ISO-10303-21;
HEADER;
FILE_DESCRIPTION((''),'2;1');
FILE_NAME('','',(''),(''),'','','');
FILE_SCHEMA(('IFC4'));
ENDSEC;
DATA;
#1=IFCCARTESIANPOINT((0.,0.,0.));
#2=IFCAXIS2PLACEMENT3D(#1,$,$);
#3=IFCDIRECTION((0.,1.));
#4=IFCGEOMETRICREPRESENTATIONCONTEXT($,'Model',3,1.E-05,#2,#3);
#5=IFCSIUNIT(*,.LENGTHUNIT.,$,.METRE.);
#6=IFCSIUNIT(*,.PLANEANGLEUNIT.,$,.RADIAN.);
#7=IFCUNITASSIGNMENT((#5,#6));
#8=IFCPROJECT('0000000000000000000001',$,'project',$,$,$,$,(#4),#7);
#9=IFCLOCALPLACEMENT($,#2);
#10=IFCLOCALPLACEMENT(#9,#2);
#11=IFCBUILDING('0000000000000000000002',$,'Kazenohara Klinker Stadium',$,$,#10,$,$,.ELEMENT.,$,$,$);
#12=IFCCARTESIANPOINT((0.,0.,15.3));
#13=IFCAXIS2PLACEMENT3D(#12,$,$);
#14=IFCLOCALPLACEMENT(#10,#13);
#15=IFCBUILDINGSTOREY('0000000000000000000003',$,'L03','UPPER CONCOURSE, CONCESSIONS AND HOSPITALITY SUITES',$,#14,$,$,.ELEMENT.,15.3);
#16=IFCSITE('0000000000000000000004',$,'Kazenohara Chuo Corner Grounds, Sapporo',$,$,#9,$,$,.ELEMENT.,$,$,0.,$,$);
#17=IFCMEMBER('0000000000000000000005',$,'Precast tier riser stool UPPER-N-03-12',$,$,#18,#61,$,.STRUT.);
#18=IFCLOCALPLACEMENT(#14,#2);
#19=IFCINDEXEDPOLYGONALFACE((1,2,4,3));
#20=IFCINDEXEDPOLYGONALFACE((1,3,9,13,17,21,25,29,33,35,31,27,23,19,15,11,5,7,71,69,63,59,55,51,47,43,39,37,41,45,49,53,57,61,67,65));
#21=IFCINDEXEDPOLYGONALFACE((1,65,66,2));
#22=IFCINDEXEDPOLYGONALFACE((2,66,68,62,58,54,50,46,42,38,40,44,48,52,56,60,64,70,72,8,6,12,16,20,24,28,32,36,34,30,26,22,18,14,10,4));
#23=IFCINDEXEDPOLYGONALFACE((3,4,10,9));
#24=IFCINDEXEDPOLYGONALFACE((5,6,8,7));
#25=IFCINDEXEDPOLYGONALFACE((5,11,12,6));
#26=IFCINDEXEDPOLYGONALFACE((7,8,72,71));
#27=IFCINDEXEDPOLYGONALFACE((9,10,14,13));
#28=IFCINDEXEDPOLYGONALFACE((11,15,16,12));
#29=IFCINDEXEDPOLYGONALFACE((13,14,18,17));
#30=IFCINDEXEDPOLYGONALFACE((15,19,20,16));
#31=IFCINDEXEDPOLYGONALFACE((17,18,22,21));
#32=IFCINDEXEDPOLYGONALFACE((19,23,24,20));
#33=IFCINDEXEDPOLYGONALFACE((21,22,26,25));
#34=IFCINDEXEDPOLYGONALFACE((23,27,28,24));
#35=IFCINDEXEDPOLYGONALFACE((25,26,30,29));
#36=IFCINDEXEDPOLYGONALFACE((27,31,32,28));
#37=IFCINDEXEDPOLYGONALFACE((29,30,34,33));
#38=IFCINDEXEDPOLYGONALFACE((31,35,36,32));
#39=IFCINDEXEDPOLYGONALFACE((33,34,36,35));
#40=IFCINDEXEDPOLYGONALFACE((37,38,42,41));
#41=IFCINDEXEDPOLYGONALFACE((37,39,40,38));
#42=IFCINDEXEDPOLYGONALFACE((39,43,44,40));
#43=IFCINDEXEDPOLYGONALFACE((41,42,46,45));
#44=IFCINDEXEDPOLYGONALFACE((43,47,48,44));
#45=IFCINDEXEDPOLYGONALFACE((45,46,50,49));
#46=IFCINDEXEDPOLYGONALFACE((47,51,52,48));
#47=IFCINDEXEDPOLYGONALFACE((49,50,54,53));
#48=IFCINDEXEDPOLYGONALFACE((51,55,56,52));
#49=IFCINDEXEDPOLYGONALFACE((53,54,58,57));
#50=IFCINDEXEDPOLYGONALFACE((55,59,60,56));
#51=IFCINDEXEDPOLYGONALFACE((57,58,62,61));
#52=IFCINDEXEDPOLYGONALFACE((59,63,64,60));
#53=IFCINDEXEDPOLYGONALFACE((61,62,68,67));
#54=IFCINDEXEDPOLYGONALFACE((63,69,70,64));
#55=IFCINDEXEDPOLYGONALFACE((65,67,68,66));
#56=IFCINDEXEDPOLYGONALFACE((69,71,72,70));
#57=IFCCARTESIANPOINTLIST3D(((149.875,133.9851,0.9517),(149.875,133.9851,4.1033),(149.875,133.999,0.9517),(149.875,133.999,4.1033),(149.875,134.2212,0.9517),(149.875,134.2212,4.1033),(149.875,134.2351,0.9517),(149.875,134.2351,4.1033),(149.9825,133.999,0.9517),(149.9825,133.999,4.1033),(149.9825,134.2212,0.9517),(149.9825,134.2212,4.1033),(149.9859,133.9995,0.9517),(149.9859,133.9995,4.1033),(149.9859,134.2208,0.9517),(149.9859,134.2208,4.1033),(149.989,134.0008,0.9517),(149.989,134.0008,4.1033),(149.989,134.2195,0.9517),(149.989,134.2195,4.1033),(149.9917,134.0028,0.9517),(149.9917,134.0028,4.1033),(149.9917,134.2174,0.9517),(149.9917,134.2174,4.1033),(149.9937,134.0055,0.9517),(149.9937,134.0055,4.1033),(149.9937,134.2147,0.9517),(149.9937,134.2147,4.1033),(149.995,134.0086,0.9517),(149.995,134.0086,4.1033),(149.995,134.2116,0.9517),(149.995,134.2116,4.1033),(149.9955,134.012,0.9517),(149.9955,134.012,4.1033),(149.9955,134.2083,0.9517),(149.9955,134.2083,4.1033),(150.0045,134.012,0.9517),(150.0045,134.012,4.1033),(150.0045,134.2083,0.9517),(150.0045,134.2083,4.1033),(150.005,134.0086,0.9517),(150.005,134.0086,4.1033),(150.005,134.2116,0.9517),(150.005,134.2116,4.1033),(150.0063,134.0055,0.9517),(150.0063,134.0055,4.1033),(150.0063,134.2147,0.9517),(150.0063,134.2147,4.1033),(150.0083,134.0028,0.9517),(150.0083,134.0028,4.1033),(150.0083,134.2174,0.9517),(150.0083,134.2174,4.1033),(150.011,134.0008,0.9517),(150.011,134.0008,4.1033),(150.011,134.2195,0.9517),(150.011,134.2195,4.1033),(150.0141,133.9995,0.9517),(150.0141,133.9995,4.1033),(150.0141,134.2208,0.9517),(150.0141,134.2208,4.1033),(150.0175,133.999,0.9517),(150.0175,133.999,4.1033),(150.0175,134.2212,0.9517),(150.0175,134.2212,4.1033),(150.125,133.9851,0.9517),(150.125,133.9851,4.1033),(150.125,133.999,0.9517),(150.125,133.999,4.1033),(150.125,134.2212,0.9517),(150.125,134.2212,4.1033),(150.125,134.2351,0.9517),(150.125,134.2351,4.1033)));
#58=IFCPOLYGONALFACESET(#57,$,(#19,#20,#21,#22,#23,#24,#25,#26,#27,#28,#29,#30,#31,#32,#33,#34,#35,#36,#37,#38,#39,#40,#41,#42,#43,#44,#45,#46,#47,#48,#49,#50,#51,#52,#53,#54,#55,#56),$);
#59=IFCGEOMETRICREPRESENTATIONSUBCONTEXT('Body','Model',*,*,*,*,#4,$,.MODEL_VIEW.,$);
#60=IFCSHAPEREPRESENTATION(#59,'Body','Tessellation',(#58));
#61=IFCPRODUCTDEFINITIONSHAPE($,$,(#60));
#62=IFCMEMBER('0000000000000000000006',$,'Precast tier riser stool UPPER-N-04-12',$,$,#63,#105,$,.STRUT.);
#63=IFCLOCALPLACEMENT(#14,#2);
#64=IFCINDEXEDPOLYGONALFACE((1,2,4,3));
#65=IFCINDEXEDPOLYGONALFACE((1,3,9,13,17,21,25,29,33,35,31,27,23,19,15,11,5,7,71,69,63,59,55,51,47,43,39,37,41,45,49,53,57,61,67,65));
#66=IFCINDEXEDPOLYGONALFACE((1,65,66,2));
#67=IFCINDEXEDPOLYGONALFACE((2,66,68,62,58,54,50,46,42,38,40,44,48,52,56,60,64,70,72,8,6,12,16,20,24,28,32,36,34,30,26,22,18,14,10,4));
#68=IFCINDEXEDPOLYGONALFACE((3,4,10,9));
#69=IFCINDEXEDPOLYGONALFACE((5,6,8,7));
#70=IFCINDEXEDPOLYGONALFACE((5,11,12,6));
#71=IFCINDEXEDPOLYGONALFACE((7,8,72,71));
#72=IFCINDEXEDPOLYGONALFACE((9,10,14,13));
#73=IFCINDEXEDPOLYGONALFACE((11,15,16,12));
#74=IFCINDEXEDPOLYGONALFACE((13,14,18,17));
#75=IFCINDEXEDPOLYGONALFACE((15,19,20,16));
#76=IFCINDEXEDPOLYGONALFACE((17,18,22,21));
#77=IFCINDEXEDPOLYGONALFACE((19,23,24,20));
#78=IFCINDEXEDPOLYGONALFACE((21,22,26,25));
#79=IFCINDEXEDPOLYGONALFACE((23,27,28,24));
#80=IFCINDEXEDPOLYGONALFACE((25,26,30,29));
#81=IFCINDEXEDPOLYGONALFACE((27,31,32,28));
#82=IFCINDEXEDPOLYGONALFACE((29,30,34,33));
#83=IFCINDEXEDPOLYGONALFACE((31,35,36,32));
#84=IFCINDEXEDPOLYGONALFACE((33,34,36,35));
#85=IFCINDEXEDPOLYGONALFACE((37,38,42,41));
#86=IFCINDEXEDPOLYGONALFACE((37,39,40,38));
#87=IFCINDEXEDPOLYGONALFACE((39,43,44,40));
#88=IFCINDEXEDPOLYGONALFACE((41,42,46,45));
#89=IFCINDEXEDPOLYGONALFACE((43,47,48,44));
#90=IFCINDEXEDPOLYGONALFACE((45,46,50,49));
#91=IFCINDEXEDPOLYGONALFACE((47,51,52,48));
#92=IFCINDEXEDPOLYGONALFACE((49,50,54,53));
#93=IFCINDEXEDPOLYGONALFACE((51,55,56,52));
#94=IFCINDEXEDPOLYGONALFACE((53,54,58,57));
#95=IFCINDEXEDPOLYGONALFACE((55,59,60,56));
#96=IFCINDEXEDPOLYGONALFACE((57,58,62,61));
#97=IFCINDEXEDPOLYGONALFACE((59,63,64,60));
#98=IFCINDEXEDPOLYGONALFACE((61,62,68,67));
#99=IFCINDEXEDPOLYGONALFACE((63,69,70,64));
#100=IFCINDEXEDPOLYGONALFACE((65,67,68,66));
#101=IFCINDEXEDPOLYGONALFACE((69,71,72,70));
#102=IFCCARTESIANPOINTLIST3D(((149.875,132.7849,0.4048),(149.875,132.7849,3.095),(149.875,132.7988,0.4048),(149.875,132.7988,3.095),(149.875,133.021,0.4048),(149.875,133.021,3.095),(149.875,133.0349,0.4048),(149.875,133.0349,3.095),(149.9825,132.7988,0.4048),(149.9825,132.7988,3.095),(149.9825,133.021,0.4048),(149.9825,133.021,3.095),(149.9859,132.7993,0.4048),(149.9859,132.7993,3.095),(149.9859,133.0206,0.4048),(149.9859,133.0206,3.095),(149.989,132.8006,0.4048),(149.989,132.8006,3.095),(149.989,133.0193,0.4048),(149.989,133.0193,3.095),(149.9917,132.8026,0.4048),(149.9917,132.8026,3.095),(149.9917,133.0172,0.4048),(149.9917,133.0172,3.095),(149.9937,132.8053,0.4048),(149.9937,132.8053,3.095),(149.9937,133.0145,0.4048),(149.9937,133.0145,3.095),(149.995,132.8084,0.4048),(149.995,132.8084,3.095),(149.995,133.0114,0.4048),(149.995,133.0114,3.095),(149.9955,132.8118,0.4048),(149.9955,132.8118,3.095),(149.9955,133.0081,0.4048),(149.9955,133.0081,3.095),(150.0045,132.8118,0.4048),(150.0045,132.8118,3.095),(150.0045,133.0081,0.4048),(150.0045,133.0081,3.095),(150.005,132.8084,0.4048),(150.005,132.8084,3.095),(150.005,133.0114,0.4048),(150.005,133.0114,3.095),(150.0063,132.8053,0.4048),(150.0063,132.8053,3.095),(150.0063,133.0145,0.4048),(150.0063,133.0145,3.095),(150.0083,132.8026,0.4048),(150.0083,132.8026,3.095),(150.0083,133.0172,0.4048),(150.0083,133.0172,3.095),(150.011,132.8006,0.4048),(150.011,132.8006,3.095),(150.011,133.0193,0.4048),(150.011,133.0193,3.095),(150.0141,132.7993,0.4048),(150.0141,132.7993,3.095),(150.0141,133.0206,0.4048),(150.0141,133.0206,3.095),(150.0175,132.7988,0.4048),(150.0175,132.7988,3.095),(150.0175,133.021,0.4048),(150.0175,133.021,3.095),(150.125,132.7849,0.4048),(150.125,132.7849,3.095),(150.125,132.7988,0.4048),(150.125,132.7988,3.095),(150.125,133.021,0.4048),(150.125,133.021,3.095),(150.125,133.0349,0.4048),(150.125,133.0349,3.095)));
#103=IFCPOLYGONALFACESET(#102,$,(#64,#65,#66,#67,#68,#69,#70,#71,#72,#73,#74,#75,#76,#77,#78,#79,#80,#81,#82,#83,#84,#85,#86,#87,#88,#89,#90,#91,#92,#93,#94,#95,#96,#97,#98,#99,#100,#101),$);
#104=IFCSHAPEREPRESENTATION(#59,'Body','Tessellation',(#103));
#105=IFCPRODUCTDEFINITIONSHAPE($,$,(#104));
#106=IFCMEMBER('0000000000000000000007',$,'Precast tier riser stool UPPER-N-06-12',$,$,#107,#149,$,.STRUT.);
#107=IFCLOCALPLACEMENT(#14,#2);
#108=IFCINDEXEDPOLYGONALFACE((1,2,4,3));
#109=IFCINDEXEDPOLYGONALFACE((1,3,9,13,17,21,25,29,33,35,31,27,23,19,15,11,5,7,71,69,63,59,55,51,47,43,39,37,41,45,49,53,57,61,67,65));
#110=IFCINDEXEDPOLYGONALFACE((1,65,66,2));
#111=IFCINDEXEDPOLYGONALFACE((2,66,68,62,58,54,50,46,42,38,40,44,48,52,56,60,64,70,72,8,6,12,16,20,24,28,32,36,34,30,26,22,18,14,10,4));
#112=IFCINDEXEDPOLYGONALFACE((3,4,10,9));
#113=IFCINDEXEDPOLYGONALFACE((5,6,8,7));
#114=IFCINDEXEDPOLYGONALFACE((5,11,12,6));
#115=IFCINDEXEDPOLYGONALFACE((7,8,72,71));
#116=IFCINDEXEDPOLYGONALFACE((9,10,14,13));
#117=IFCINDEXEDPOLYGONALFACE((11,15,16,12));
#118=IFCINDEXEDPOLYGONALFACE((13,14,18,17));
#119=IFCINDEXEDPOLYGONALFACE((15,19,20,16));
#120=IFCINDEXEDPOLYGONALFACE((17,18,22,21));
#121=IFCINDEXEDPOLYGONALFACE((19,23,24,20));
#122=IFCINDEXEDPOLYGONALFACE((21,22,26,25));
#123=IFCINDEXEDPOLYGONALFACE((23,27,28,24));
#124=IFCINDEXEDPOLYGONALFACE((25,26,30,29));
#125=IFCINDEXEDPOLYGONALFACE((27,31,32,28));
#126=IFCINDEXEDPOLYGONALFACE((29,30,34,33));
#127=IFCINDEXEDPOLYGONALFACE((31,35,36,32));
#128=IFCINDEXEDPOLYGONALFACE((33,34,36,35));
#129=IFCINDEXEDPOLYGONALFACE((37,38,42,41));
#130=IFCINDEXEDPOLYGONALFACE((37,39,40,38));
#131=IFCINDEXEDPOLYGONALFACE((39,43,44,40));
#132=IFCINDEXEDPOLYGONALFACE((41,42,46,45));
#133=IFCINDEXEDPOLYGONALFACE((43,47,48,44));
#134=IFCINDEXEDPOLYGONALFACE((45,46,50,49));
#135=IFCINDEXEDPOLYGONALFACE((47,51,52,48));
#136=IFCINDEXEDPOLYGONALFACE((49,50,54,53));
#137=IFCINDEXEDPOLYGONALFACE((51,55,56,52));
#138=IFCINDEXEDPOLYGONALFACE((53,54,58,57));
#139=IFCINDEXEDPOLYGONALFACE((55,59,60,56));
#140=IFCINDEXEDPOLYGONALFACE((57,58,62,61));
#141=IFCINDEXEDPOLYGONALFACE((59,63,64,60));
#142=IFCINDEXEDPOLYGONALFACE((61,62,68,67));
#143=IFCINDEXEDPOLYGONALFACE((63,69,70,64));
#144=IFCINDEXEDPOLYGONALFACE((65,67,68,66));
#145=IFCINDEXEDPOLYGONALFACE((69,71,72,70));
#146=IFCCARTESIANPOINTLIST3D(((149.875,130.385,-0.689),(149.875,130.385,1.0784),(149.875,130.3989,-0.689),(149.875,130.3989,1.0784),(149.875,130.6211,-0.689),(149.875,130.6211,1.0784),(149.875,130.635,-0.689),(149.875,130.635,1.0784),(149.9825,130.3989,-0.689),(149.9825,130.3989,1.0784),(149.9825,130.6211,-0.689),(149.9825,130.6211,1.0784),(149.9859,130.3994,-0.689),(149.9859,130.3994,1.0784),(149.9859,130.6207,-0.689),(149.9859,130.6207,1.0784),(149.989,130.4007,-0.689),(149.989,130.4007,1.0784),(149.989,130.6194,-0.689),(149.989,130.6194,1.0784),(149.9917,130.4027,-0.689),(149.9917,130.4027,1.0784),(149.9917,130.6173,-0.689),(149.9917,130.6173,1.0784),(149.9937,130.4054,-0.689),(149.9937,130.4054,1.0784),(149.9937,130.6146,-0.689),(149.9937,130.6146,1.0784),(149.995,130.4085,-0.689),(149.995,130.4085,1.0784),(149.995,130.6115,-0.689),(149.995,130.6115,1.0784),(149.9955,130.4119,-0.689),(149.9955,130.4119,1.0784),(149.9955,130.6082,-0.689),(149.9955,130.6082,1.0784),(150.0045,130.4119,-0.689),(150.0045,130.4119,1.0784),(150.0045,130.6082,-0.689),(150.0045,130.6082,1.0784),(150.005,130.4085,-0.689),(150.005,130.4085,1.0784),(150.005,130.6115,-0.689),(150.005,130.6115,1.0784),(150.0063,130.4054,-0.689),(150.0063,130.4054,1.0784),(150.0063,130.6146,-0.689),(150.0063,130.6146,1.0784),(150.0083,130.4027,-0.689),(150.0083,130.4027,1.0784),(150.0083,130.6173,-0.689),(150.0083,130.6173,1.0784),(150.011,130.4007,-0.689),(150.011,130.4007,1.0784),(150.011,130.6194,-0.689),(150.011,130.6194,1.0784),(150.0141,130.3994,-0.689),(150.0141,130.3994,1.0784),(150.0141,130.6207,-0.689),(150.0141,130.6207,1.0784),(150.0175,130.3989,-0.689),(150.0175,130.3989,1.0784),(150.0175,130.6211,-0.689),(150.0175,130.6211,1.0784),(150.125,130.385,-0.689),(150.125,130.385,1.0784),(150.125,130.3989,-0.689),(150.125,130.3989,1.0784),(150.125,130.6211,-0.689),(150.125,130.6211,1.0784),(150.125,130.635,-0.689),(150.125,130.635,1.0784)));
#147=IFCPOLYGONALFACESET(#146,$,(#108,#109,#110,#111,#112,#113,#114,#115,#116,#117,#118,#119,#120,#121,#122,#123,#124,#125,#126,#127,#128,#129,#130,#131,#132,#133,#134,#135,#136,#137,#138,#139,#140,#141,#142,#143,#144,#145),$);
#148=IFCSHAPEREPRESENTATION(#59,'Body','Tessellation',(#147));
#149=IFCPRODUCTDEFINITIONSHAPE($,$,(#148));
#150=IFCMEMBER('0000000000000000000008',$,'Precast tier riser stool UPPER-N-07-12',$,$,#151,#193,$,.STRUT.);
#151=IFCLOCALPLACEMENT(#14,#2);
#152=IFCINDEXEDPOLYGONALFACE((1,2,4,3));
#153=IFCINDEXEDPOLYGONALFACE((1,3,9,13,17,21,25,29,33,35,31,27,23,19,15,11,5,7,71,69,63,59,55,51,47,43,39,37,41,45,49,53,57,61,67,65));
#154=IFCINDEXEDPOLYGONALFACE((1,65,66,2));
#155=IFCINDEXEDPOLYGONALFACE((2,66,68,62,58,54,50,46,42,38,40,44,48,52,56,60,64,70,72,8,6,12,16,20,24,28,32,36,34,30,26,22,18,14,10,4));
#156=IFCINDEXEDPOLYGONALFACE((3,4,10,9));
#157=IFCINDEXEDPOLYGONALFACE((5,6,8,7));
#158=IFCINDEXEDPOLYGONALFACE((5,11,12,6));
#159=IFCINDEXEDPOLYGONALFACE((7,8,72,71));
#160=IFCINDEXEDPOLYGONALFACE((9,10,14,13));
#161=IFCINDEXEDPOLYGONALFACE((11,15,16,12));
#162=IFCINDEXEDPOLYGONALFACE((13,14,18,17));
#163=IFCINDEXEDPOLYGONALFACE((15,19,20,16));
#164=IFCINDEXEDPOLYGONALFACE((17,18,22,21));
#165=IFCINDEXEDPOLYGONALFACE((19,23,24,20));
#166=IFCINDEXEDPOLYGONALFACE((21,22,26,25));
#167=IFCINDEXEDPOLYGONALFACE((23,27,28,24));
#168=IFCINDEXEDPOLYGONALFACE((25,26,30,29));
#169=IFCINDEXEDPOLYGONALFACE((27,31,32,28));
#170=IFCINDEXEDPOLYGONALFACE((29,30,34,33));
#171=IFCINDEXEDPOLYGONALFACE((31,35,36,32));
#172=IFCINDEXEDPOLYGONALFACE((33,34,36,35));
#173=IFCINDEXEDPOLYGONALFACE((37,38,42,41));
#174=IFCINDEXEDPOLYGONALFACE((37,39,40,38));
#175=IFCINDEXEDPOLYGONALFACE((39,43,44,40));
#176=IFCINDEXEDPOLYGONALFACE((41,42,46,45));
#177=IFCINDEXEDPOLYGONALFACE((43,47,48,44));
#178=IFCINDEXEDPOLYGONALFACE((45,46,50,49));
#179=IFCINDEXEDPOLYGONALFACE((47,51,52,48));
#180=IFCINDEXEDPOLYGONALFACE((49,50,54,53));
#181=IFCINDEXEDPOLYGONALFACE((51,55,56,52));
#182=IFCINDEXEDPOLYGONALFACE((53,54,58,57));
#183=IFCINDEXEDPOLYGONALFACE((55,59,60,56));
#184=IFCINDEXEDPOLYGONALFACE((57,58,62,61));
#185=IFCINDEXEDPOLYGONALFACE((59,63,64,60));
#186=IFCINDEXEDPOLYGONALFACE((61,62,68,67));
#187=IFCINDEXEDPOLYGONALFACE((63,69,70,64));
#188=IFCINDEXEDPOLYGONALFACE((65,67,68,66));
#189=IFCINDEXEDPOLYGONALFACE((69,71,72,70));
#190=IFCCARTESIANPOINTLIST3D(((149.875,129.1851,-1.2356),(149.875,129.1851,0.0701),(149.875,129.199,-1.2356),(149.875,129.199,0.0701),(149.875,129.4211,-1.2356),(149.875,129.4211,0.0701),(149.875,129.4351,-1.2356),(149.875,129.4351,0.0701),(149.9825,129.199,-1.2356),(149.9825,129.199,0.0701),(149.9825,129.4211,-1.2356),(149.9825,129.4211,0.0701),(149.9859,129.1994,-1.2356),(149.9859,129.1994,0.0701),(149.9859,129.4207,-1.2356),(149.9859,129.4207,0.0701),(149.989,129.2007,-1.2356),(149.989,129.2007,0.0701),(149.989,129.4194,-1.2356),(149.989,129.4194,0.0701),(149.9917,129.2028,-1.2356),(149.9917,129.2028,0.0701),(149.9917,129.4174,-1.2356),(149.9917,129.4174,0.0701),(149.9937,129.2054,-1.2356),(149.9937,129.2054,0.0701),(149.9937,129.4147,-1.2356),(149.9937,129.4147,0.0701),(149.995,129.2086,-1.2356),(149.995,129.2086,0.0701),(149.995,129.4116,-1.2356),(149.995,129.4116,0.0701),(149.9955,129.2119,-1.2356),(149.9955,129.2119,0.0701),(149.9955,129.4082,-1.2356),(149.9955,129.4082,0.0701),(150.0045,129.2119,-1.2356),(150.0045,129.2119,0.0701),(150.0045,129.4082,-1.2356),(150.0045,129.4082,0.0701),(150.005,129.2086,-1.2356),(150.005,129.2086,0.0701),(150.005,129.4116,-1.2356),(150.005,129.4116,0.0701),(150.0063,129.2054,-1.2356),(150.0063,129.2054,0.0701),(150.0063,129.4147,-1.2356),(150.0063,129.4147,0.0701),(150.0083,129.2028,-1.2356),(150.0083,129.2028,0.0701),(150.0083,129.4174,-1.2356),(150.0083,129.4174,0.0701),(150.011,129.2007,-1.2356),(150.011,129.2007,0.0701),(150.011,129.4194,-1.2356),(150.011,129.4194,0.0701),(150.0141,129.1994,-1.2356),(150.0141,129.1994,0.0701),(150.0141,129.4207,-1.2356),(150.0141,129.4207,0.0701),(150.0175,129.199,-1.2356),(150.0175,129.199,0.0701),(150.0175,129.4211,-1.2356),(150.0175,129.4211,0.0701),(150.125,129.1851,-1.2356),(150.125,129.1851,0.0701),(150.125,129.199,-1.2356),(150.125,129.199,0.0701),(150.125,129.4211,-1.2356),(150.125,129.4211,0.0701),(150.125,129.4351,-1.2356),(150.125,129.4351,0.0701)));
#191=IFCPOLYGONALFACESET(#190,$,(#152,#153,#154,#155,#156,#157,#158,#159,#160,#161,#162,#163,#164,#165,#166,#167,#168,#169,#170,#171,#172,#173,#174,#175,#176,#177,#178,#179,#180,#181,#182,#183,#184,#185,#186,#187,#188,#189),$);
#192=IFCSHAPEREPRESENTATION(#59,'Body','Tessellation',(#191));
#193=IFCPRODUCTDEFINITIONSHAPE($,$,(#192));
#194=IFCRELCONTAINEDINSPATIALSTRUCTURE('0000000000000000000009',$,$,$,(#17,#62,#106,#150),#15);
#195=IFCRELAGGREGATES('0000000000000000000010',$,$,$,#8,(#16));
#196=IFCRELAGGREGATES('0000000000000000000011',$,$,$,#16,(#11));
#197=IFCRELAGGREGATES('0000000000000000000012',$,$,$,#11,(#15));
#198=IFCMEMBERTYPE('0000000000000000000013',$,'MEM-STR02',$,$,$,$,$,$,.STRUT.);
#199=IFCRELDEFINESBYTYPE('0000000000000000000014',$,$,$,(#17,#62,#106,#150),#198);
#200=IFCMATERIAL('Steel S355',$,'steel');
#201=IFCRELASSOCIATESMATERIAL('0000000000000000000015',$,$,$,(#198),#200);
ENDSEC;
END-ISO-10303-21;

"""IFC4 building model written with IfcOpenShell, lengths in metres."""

from ifc_helpers import new_model, si_unit, direction, frame, origin, origin_2d, place, context, subcontext, project, spatial, i_section, extrude, material, material_profile, profile_set, type_object, element, save


model = new_model("IFC4")

# Units and contexts
model_context = context("Model", 3, precision=1e-05, world=origin(), true_north=direction((0.0, 1.0)))
body_context = subcontext(model_context, "Body", "Model", "MODEL_VIEW")
ifc_project = project(units=[si_unit("LENGTHUNIT", "METRE"), si_unit("PLANEANGLEUNIT", "RADIAN")], contexts=[model_context])

# Site, building, storey
site_placement = place(None, origin())
site = spatial("IfcSite", under=ifc_project, at=site_placement, Name="Kazenohara Chuo Corner Grounds, Sapporo", CompositionType="ELEMENT", RefElevation=0.0)
building_placement = place(site_placement, origin())
building = spatial("IfcBuilding", under=site, at=building_placement, Name="Kazenohara Klinker Stadium", CompositionType="ELEMENT")
storey_placement = place(building_placement, frame((0.0, 0.0, 15.3)))
storey = spatial("IfcBuildingStorey", under=building, at=storey_placement, Name="L03", Description="UPPER CONCOURSE, CONCESSIONS AND HOSPITALITY SUITES", CompositionType="ELEMENT", Elevation=15.3)

# Shared definitions
ifc_material_1 = material(Name="Steel S355", Category="steel")

# Members
ifc_material_profile_1 = material_profile(ifc_material_1, i_section(OverallWidth=0.25, OverallDepth=0.25, WebThickness=0.009, FlangeThickness=0.0139, FilletRadius=0.0129, at=origin_2d()), Name="H-250x250x9x14")
ifc_profile_set_1 = profile_set([ifc_material_profile_1], Name="Steel S355")
member_type = type_object("IfcMemberType", Name="MEM-STR02", PredefinedType="STRUT", material=ifc_profile_set_1)
member_1_placement = place(storey_placement, frame((150.0, 134.1101, 0.9517), z_axis=(0.0, 0.0, 1.0), x_axis=(1.0, 0.0, 0.0)))
element("IfcMember", 1, at=member_1_placement, inside=storey, type_object=member_type, Name="Precast tier riser stool UPPER-N-03-12", PredefinedType="STRUT", context=body_context, shape_type="SweptSolid", body=[
    extrude(i_section(OverallWidth=0.25, OverallDepth=0.25, WebThickness=0.009, FlangeThickness=0.0139, FilletRadius=0.0129, at=origin_2d()), origin(), (0.0, 0.0, 1.0), 3.1516),
])
member_2_placement = place(storey_placement, frame((150.0, 132.9099, 0.4048), z_axis=(0.0, 0.0, 1.0), x_axis=(1.0, 0.0, 0.0)))
element("IfcMember", 2, at=member_2_placement, inside=storey, type_object=member_type, Name="Precast tier riser stool UPPER-N-04-12", PredefinedType="STRUT", context=body_context, shape_type="SweptSolid", body=[
    extrude(i_section(OverallWidth=0.25, OverallDepth=0.25, WebThickness=0.009, FlangeThickness=0.0139, FilletRadius=0.0129, at=origin_2d()), origin(), (0.0, 0.0, 1.0), 2.6902),
])
member_3_placement = place(storey_placement, frame((150.0, 130.51, -0.689), z_axis=(0.0, 0.0, 1.0), x_axis=(1.0, 0.0, 0.0)))
element("IfcMember", 3, at=member_3_placement, inside=storey, type_object=member_type, Name="Precast tier riser stool UPPER-N-06-12", PredefinedType="STRUT", context=body_context, shape_type="SweptSolid", body=[
    extrude(i_section(OverallWidth=0.25, OverallDepth=0.25, WebThickness=0.009, FlangeThickness=0.0139, FilletRadius=0.0129, at=origin_2d()), origin(), (0.0, 0.0, 1.0), 1.7673),
])
member_4_placement = place(storey_placement, frame((150.0, 129.3101, -1.2356), z_axis=(0.0, 0.0, 1.0), x_axis=(1.0, 0.0, 0.0)))
element("IfcMember", 4, at=member_4_placement, inside=storey, type_object=member_type, Name="Precast tier riser stool UPPER-N-07-12", PredefinedType="STRUT", context=body_context, shape_type="SweptSolid", body=[
    extrude(i_section(OverallWidth=0.25, OverallDepth=0.25, WebThickness=0.009, FlangeThickness=0.0139, FilletRadius=0.0129, at=origin_2d()), origin(), (0.0, 0.0, 1.0), 1.3057),
])

save(model, "model.ifc")
